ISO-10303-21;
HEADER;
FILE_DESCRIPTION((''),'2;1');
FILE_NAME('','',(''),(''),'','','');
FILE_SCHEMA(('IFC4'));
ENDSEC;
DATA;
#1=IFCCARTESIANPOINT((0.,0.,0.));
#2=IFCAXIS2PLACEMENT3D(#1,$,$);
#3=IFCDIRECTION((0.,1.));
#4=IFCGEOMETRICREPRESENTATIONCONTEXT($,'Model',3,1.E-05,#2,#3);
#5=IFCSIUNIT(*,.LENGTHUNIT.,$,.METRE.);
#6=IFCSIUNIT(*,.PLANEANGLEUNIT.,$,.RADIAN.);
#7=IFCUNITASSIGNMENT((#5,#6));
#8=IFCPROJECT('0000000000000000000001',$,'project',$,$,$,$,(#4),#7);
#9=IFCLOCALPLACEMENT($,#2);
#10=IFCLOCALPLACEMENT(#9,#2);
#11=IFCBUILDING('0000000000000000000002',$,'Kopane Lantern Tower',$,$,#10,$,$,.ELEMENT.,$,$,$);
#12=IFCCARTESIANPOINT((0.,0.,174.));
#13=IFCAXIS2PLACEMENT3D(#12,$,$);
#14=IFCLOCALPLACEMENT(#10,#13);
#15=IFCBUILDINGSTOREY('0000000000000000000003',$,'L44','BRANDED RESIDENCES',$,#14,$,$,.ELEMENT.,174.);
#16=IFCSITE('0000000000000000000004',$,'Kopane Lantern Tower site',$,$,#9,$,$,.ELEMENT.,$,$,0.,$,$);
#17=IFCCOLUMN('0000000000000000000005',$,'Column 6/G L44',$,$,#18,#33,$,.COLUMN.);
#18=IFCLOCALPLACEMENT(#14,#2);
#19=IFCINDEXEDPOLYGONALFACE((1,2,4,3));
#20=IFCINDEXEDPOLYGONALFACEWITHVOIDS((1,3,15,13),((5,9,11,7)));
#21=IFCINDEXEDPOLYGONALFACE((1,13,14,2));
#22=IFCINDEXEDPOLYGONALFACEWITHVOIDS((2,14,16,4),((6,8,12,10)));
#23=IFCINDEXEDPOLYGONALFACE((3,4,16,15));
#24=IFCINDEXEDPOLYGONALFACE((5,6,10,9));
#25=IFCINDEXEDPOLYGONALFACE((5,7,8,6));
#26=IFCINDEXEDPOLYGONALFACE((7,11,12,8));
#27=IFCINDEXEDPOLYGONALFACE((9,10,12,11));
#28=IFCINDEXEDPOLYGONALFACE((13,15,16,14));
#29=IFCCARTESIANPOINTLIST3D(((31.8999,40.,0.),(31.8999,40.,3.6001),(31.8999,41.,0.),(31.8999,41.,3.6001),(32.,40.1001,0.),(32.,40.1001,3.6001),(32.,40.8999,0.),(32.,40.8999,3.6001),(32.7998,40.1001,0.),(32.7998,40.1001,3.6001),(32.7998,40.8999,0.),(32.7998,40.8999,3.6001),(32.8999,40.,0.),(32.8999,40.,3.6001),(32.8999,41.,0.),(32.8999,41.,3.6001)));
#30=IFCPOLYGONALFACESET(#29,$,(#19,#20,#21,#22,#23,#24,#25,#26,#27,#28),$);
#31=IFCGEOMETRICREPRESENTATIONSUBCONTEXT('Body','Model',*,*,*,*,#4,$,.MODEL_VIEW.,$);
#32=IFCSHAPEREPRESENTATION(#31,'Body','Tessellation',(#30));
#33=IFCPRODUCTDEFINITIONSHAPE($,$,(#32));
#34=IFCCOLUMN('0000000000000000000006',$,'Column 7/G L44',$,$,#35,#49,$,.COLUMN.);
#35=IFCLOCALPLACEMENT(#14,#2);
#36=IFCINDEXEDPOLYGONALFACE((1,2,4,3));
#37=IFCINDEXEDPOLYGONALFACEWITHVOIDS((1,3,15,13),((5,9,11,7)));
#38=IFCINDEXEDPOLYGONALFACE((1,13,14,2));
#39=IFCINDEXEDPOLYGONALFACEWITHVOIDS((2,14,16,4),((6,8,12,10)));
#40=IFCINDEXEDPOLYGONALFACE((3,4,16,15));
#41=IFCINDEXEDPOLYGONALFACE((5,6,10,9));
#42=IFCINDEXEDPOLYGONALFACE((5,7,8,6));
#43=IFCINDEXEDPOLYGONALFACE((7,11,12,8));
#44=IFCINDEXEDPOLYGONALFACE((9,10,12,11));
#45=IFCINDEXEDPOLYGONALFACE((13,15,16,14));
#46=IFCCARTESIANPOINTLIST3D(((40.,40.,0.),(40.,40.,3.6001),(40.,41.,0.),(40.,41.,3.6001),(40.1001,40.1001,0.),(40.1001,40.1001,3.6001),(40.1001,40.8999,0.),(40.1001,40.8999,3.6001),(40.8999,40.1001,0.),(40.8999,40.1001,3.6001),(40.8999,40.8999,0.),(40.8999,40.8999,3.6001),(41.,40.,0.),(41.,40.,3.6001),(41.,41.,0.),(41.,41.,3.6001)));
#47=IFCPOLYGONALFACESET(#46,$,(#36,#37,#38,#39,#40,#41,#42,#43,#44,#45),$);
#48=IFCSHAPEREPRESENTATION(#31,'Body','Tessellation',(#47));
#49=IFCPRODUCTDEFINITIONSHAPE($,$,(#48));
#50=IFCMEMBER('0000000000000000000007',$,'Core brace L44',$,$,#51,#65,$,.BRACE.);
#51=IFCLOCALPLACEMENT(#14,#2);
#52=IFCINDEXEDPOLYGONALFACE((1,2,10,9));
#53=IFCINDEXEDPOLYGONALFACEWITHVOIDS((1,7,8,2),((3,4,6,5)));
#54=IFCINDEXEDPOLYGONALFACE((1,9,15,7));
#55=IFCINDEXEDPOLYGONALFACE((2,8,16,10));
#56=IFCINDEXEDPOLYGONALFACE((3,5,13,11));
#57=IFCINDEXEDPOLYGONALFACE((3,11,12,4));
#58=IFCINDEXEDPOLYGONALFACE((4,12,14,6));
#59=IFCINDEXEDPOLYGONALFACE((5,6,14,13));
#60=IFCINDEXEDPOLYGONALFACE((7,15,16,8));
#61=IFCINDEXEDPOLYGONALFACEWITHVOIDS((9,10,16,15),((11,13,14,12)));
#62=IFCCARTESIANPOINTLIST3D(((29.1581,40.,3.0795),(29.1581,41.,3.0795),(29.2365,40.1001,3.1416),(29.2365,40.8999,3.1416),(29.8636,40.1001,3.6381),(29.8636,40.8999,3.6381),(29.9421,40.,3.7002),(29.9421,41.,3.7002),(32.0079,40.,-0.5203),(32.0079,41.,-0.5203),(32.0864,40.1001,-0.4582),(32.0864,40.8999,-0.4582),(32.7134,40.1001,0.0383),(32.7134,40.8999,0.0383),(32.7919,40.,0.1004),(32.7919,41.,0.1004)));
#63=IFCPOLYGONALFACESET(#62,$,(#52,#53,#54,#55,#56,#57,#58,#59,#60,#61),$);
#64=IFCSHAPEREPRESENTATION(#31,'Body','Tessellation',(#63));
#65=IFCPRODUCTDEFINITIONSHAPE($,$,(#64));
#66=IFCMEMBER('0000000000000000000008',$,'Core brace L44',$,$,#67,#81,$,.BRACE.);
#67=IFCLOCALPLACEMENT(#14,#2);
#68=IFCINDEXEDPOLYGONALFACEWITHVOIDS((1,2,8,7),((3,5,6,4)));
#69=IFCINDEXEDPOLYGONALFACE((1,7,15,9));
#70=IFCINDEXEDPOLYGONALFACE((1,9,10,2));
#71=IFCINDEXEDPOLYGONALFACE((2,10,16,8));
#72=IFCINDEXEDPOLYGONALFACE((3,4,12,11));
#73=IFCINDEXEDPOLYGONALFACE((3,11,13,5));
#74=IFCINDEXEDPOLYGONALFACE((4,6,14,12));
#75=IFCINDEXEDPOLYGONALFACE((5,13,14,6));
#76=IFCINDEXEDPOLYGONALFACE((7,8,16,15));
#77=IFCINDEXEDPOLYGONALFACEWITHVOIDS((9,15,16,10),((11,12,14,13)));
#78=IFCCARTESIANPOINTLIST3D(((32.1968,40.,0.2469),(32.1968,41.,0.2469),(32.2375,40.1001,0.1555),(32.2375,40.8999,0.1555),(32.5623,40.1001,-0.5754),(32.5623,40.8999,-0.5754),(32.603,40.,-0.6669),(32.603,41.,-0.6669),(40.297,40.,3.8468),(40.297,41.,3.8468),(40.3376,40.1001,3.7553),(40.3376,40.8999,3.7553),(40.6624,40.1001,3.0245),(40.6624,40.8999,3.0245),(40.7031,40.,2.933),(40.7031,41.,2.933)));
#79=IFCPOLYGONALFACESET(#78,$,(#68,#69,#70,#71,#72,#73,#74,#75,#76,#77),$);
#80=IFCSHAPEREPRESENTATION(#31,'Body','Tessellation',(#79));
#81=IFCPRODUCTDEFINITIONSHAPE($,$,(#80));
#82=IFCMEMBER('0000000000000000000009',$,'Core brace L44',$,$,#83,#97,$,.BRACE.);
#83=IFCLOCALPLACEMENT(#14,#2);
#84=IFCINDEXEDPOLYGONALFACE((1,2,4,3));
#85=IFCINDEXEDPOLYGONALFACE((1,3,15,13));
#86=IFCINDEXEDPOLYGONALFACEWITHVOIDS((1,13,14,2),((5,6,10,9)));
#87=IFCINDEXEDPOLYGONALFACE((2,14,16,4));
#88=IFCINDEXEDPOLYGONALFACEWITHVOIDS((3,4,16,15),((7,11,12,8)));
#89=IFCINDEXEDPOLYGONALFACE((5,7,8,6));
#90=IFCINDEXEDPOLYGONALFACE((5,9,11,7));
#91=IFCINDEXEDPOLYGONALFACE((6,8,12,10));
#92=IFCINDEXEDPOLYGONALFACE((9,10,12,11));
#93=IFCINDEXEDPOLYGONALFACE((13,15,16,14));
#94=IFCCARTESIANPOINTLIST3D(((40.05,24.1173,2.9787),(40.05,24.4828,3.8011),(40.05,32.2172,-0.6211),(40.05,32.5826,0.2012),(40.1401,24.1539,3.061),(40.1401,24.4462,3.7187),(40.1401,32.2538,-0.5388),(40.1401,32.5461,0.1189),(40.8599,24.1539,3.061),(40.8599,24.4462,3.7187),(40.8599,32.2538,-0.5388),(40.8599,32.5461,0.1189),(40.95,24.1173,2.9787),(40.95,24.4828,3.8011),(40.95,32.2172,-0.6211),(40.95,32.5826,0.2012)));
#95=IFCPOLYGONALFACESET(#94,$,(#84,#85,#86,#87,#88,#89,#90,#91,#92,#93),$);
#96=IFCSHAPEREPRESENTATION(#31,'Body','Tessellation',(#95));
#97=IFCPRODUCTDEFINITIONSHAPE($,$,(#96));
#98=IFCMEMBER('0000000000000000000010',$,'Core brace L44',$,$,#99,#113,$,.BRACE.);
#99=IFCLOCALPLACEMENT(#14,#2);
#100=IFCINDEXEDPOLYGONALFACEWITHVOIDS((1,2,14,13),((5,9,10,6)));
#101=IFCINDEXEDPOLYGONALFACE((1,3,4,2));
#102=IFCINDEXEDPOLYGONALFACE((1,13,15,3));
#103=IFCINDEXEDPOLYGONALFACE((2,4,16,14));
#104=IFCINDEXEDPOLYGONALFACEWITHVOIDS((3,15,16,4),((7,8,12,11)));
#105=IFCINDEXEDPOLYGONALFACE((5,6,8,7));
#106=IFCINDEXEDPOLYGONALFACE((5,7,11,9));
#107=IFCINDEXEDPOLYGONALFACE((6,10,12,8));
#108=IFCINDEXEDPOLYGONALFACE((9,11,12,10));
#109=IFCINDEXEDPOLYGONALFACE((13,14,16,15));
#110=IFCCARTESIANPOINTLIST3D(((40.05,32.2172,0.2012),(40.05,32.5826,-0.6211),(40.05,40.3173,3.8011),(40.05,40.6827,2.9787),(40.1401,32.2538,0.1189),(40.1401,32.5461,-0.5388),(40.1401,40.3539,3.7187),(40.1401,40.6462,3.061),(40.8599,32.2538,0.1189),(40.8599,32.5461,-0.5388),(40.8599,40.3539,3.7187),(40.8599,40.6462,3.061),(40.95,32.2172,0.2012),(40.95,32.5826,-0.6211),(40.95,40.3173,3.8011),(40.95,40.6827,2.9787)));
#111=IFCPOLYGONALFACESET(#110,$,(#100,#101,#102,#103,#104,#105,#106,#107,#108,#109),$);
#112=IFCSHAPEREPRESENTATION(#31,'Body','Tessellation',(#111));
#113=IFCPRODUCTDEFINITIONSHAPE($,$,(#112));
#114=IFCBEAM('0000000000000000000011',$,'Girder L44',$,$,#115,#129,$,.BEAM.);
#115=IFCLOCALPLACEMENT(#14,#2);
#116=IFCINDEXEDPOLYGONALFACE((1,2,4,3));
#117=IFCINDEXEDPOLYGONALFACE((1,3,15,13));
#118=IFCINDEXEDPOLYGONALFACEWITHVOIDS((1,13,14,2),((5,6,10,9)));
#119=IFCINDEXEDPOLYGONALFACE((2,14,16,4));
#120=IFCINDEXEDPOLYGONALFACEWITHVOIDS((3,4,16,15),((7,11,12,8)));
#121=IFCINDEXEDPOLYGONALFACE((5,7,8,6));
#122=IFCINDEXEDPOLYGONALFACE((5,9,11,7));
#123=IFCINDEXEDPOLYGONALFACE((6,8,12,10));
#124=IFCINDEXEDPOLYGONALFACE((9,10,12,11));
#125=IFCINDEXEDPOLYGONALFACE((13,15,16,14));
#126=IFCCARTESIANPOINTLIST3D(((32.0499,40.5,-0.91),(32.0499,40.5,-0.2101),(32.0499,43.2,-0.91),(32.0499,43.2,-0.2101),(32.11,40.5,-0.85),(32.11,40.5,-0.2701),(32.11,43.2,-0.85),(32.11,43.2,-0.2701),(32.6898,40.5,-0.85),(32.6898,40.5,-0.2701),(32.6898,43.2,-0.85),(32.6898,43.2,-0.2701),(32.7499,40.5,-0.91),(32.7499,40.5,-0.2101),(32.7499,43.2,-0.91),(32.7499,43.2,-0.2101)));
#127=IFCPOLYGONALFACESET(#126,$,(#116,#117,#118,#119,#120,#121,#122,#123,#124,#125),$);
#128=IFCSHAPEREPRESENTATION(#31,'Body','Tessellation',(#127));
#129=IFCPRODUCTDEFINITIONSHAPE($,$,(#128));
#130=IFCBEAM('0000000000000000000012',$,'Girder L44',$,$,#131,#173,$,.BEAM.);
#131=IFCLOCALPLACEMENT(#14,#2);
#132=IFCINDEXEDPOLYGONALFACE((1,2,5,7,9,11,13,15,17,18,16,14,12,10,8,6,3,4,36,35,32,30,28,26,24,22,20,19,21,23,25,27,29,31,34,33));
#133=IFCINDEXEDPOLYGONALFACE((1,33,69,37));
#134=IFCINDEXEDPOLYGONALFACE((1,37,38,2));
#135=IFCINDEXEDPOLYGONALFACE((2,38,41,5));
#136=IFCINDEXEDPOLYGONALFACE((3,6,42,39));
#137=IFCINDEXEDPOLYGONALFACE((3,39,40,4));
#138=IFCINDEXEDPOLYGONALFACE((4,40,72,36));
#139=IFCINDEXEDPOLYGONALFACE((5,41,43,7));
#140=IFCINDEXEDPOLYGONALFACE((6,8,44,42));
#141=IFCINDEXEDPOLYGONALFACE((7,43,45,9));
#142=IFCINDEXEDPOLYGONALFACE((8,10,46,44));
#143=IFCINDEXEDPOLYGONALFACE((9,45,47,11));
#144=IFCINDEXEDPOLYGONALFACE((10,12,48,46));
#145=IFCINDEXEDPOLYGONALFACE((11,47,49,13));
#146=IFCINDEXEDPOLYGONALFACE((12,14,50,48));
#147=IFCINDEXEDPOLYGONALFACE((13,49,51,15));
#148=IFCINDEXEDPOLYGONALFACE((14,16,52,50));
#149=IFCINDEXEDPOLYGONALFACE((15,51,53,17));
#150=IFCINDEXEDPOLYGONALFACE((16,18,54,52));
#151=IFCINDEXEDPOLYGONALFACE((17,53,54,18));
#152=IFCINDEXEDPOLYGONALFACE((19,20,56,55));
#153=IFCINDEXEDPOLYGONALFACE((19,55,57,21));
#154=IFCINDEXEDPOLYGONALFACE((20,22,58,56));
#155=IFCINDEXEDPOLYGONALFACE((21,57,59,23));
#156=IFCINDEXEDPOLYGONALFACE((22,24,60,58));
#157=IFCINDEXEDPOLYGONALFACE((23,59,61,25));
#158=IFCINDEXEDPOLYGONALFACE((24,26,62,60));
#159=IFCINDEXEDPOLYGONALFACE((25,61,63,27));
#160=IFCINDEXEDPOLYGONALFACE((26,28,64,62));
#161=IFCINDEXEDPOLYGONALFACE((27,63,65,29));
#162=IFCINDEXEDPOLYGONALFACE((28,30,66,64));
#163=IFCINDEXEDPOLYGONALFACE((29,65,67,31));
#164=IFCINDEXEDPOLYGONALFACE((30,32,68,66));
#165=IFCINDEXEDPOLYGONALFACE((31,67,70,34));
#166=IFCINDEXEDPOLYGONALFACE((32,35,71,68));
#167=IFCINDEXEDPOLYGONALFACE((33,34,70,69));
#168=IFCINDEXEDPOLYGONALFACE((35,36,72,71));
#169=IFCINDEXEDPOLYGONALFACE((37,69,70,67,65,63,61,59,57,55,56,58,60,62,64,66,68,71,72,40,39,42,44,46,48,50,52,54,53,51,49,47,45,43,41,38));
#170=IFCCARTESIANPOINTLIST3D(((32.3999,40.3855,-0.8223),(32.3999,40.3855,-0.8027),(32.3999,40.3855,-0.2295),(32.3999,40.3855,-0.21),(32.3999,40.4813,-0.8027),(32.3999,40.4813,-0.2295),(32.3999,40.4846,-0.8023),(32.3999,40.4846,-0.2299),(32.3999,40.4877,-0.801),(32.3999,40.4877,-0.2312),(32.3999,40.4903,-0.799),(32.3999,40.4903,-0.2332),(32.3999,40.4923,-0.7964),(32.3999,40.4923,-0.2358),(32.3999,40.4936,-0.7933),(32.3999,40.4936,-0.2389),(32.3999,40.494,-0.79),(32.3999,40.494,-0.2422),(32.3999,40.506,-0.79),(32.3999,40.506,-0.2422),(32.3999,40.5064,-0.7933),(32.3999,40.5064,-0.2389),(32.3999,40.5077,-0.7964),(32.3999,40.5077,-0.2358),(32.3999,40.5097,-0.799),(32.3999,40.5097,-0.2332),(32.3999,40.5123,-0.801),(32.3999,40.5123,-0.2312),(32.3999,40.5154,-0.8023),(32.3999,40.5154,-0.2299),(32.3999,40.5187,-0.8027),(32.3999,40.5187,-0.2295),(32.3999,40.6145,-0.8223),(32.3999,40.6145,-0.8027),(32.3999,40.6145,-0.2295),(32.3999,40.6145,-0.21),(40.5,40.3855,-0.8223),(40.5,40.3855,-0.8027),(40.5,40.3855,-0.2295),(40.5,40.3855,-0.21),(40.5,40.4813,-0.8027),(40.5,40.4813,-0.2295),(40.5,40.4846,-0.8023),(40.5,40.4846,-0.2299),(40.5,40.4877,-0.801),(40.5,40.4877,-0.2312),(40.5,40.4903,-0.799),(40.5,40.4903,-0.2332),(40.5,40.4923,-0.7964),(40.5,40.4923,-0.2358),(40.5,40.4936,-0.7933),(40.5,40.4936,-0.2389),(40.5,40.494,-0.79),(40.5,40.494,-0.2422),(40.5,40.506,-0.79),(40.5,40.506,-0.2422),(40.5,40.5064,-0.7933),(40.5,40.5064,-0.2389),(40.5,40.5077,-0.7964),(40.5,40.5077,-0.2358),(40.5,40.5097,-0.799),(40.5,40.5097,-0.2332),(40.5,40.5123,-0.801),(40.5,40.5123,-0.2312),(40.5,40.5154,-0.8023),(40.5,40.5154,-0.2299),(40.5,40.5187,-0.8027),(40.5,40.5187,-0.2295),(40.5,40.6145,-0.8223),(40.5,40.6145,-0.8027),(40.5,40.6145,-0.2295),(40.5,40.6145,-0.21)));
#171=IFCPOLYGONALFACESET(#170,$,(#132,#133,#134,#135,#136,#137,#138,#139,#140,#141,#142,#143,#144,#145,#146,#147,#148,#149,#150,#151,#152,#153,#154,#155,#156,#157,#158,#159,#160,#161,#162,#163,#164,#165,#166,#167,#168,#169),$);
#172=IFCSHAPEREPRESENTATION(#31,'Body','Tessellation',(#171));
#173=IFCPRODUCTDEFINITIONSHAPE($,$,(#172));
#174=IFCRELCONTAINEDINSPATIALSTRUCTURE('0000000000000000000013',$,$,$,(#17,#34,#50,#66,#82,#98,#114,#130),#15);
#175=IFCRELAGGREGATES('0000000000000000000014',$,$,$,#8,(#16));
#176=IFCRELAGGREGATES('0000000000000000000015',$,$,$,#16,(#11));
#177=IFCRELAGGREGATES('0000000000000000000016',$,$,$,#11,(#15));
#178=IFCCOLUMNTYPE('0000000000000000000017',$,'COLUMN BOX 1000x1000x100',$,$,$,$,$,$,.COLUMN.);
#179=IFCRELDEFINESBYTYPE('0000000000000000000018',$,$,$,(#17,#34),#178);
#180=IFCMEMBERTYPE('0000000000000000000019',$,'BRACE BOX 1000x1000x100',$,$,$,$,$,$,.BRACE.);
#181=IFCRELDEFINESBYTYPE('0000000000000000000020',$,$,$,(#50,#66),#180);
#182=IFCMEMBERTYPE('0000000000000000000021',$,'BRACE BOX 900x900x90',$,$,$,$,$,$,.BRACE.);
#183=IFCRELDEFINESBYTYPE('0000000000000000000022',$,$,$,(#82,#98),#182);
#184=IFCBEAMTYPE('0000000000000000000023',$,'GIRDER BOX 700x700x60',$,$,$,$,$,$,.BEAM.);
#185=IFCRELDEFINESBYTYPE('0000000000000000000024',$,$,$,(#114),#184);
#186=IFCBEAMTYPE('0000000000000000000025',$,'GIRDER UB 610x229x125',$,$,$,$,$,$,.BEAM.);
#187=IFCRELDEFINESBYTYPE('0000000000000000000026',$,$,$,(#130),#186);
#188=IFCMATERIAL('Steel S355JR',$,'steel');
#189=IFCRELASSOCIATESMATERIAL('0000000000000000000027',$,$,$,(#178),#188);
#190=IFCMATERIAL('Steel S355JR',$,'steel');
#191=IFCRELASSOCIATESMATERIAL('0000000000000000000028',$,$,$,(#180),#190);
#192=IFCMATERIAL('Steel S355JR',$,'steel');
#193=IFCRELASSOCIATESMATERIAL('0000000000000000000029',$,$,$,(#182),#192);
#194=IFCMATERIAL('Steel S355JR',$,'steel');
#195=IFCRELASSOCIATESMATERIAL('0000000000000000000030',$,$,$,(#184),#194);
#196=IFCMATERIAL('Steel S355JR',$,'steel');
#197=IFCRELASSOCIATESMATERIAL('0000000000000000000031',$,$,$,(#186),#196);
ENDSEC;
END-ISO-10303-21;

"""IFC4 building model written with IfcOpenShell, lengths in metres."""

from ifc_helpers import new_model, si_unit, direction, frame, origin, origin_2d, place, context, subcontext, project, spatial, hollow_rectangle, i_section, extrude, material, material_profile, profile_set, type_object, element, save


model = new_model("IFC4")

# Units and contexts
model_context = context("Model", 3, precision=1e-05, world=origin(), true_north=direction((0.0, 1.0)))
body_context = subcontext(model_context, "Body", "Model", "MODEL_VIEW")
ifc_project = project(units=[si_unit("LENGTHUNIT", "METRE"), si_unit("PLANEANGLEUNIT", "RADIAN")], contexts=[model_context])

# Site, building, storey
site_placement = place(None, origin())
site = spatial("IfcSite", under=ifc_project, at=site_placement, Name="Kopane Lantern Tower site", CompositionType="ELEMENT", RefElevation=0.0)
building_placement = place(site_placement, origin())
building = spatial("IfcBuilding", under=site, at=building_placement, Name="Kopane Lantern Tower", CompositionType="ELEMENT")
storey_placement = place(building_placement, frame((0.0, 0.0, 174.0)))
storey = spatial("IfcBuildingStorey", under=building, at=storey_placement, Name="L44", Description="BRANDED RESIDENCES", CompositionType="ELEMENT", Elevation=174.0)

# Columns
ifc_material_1 = material(Name="Steel S355JR", Category="steel")
ifc_material_profile_1 = material_profile(ifc_material_1, hollow_rectangle(XDim=1.0, YDim=1.0, WallThickness=0.1001, at=origin_2d()), Name="BOX 1000x1000x100")
ifc_profile_set_1 = profile_set([ifc_material_profile_1], Name="Steel S355JR")
column_type = type_object("IfcColumnType", Name="COLUMN BOX 1000x1000x100", PredefinedType="COLUMN", material=ifc_profile_set_1)
for number, where, z_axis, x_axis, name in (
    (1, (32.3999, 40.5, 0.0), (0.0, 0.0, 1.0), (1.0, 0.0, 0.0), "Column 6/G L44"),
    (2, (40.5, 40.5, 0.0), (0.0, 0.0, 1.0), (1.0, 0.0, 0.0), "Column 7/G L44"),
):
    element("IfcColumn", number, at=place(storey_placement, frame(where, z_axis=z_axis, x_axis=x_axis)), inside=storey, type_object=column_type, Name=name, PredefinedType="COLUMN", context=body_context, shape_type="SweptSolid", body=[
        extrude(hollow_rectangle(XDim=1.0, YDim=1.0, WallThickness=0.1001, at=origin_2d()), origin(), (0.0, 0.0, 1.0), 3.6001),
    ])

# Members
ifc_material_2 = material(Name="Steel S355JR", Category="steel")
ifc_material_profile_2 = material_profile(ifc_material_2, hollow_rectangle(XDim=1.0, YDim=1.0, WallThickness=0.1001, at=origin_2d()), Name="BOX 1000x1000x100")
ifc_profile_set_2 = profile_set([ifc_material_profile_2], Name="Steel S355JR")
member_type_1 = type_object("IfcMemberType", Name="BRACE BOX 1000x1000x100", PredefinedType="BRACE", material=ifc_profile_set_2)
member_1_placement = place(storey_placement, frame((32.3999, 40.5, -0.21), z_axis=(-0.620699, 0.0, 0.784049), x_axis=(0.0, -1.0, 0.0)))
element("IfcMember", 3, at=member_1_placement, inside=storey, type_object=member_type_1, Name="Core brace L44", PredefinedType="BRACE", context=body_context, shape_type="SweptSolid", body=[
    extrude(hollow_rectangle(XDim=1.0, YDim=1.0, WallThickness=0.1001, at=origin_2d()), origin(), (0.0, 0.0, 1.0), 4.5913),
])
member_2_placement = place(storey_placement, frame((32.3999, 40.5, -0.21), z_axis=(0.913819, 0.0, 0.406121), x_axis=(0.0, 1.0, 0.0)))
element("IfcMember", 4, at=member_2_placement, inside=storey, type_object=member_type_1, Name="Core brace L44", PredefinedType="BRACE", context=body_context, shape_type="SweptSolid", body=[
    extrude(hollow_rectangle(XDim=1.0, YDim=1.0, WallThickness=0.1001, at=origin_2d()), origin(), (0.0, 0.0, 1.0), 8.864),
])
ifc_material_3 = material(Name="Steel S355JR", Category="steel")
ifc_material_profile_3 = material_profile(ifc_material_3, hollow_rectangle(XDim=0.8999, YDim=0.8999, WallThickness=0.0901, at=origin_2d()), Name="BOX 900x900x90")
ifc_profile_set_3 = profile_set([ifc_material_profile_3], Name="Steel S355JR")
member_type_2 = type_object("IfcMemberType", Name="BRACE BOX 900x900x90", PredefinedType="BRACE", material=ifc_profile_set_3)
member_3_placement = place(storey_placement, frame((40.5, 32.3999, -0.21), z_axis=(0.0, -0.913815, 0.406131), x_axis=(1.0, 0.0, 0.0)))
element("IfcMember", 5, at=member_3_placement, inside=storey, type_object=member_type_2, Name="Core brace L44", PredefinedType="BRACE", context=body_context, shape_type="SweptSolid", body=[
    extrude(hollow_rectangle(XDim=0.8999, YDim=0.8999, WallThickness=0.0901, at=origin_2d()), origin(), (0.0, 0.0, 1.0), 8.8638),
])
member_4_placement = place(storey_placement, frame((40.5, 32.3999, -0.21), z_axis=(0.0, 0.913819, 0.406121), x_axis=(-1.0, 0.0, 0.0)))
element("IfcMember", 6, at=member_4_placement, inside=storey, type_object=member_type_2, Name="Core brace L44", PredefinedType="BRACE", context=body_context, shape_type="SweptSolid", body=[
    extrude(hollow_rectangle(XDim=0.8999, YDim=0.8999, WallThickness=0.0901, at=origin_2d()), origin(), (0.0, 0.0, 1.0), 8.864),
])

# Beams
ifc_material_4 = material(Name="Steel S355JR", Category="steel")
ifc_material_profile_4 = material_profile(ifc_material_4, hollow_rectangle(XDim=0.7, YDim=0.7, WallThickness=0.0601, at=origin_2d()), Name="BOX 700x700x60")
ifc_profile_set_4 = profile_set([ifc_material_profile_4], Name="Steel S355JR")
beam_type_1 = type_object("IfcBeamType", Name="GIRDER BOX 700x700x60", PredefinedType="BEAM", material=ifc_profile_set_4)
beam_placement = place(storey_placement, frame((32.3999, 40.5, -0.5601), z_axis=(0.0, 1.0, 0.0), x_axis=(-1.0, 0.0, 0.0)))
element("IfcBeam", 7, at=beam_placement, inside=storey, type_object=beam_type_1, Name="Girder L44", PredefinedType="BEAM", context=body_context, shape_type="SweptSolid", body=[
    extrude(hollow_rectangle(XDim=0.7, YDim=0.7, WallThickness=0.0601, at=origin_2d()), origin(), (0.0, 0.0, 1.0), 2.7),
])
ifc_material_5 = material(Name="Steel S355JR", Category="steel")
ifc_material_profile_5 = material_profile(ifc_material_5, i_section(OverallWidth=0.229, OverallDepth=0.6123, WebThickness=0.012, FlangeThickness=0.0195, FilletRadius=0.0127, at=origin_2d()), Name="UB 610x229x125")
ifc_profile_set_5 = profile_set([ifc_material_profile_5], Name="Steel S355JR")
beam_type_2 = type_object("IfcBeamType", Name="GIRDER UB 610x229x125", PredefinedType="BEAM", material=ifc_profile_set_5)
for number, where, z_axis, x_axis, name in (
    (8, (32.3999, 40.5, -0.5161), (1.0, 0.0, 0.0), (0.0, 1.0, 0.0), "Girder L44"),
):
    element("IfcBeam", number, at=place(storey_placement, frame(where, z_axis=z_axis, x_axis=x_axis)), inside=storey, type_object=beam_type_2, Name=name, PredefinedType="BEAM", context=body_context, shape_type="SweptSolid", body=[
        extrude(i_section(OverallWidth=0.229, OverallDepth=0.6123, WebThickness=0.012, FlangeThickness=0.0195, FilletRadius=0.0127, at=origin_2d()), origin(), (0.0, 0.0, 1.0), 8.1001),
    ])

save(model, "model.ifc")
